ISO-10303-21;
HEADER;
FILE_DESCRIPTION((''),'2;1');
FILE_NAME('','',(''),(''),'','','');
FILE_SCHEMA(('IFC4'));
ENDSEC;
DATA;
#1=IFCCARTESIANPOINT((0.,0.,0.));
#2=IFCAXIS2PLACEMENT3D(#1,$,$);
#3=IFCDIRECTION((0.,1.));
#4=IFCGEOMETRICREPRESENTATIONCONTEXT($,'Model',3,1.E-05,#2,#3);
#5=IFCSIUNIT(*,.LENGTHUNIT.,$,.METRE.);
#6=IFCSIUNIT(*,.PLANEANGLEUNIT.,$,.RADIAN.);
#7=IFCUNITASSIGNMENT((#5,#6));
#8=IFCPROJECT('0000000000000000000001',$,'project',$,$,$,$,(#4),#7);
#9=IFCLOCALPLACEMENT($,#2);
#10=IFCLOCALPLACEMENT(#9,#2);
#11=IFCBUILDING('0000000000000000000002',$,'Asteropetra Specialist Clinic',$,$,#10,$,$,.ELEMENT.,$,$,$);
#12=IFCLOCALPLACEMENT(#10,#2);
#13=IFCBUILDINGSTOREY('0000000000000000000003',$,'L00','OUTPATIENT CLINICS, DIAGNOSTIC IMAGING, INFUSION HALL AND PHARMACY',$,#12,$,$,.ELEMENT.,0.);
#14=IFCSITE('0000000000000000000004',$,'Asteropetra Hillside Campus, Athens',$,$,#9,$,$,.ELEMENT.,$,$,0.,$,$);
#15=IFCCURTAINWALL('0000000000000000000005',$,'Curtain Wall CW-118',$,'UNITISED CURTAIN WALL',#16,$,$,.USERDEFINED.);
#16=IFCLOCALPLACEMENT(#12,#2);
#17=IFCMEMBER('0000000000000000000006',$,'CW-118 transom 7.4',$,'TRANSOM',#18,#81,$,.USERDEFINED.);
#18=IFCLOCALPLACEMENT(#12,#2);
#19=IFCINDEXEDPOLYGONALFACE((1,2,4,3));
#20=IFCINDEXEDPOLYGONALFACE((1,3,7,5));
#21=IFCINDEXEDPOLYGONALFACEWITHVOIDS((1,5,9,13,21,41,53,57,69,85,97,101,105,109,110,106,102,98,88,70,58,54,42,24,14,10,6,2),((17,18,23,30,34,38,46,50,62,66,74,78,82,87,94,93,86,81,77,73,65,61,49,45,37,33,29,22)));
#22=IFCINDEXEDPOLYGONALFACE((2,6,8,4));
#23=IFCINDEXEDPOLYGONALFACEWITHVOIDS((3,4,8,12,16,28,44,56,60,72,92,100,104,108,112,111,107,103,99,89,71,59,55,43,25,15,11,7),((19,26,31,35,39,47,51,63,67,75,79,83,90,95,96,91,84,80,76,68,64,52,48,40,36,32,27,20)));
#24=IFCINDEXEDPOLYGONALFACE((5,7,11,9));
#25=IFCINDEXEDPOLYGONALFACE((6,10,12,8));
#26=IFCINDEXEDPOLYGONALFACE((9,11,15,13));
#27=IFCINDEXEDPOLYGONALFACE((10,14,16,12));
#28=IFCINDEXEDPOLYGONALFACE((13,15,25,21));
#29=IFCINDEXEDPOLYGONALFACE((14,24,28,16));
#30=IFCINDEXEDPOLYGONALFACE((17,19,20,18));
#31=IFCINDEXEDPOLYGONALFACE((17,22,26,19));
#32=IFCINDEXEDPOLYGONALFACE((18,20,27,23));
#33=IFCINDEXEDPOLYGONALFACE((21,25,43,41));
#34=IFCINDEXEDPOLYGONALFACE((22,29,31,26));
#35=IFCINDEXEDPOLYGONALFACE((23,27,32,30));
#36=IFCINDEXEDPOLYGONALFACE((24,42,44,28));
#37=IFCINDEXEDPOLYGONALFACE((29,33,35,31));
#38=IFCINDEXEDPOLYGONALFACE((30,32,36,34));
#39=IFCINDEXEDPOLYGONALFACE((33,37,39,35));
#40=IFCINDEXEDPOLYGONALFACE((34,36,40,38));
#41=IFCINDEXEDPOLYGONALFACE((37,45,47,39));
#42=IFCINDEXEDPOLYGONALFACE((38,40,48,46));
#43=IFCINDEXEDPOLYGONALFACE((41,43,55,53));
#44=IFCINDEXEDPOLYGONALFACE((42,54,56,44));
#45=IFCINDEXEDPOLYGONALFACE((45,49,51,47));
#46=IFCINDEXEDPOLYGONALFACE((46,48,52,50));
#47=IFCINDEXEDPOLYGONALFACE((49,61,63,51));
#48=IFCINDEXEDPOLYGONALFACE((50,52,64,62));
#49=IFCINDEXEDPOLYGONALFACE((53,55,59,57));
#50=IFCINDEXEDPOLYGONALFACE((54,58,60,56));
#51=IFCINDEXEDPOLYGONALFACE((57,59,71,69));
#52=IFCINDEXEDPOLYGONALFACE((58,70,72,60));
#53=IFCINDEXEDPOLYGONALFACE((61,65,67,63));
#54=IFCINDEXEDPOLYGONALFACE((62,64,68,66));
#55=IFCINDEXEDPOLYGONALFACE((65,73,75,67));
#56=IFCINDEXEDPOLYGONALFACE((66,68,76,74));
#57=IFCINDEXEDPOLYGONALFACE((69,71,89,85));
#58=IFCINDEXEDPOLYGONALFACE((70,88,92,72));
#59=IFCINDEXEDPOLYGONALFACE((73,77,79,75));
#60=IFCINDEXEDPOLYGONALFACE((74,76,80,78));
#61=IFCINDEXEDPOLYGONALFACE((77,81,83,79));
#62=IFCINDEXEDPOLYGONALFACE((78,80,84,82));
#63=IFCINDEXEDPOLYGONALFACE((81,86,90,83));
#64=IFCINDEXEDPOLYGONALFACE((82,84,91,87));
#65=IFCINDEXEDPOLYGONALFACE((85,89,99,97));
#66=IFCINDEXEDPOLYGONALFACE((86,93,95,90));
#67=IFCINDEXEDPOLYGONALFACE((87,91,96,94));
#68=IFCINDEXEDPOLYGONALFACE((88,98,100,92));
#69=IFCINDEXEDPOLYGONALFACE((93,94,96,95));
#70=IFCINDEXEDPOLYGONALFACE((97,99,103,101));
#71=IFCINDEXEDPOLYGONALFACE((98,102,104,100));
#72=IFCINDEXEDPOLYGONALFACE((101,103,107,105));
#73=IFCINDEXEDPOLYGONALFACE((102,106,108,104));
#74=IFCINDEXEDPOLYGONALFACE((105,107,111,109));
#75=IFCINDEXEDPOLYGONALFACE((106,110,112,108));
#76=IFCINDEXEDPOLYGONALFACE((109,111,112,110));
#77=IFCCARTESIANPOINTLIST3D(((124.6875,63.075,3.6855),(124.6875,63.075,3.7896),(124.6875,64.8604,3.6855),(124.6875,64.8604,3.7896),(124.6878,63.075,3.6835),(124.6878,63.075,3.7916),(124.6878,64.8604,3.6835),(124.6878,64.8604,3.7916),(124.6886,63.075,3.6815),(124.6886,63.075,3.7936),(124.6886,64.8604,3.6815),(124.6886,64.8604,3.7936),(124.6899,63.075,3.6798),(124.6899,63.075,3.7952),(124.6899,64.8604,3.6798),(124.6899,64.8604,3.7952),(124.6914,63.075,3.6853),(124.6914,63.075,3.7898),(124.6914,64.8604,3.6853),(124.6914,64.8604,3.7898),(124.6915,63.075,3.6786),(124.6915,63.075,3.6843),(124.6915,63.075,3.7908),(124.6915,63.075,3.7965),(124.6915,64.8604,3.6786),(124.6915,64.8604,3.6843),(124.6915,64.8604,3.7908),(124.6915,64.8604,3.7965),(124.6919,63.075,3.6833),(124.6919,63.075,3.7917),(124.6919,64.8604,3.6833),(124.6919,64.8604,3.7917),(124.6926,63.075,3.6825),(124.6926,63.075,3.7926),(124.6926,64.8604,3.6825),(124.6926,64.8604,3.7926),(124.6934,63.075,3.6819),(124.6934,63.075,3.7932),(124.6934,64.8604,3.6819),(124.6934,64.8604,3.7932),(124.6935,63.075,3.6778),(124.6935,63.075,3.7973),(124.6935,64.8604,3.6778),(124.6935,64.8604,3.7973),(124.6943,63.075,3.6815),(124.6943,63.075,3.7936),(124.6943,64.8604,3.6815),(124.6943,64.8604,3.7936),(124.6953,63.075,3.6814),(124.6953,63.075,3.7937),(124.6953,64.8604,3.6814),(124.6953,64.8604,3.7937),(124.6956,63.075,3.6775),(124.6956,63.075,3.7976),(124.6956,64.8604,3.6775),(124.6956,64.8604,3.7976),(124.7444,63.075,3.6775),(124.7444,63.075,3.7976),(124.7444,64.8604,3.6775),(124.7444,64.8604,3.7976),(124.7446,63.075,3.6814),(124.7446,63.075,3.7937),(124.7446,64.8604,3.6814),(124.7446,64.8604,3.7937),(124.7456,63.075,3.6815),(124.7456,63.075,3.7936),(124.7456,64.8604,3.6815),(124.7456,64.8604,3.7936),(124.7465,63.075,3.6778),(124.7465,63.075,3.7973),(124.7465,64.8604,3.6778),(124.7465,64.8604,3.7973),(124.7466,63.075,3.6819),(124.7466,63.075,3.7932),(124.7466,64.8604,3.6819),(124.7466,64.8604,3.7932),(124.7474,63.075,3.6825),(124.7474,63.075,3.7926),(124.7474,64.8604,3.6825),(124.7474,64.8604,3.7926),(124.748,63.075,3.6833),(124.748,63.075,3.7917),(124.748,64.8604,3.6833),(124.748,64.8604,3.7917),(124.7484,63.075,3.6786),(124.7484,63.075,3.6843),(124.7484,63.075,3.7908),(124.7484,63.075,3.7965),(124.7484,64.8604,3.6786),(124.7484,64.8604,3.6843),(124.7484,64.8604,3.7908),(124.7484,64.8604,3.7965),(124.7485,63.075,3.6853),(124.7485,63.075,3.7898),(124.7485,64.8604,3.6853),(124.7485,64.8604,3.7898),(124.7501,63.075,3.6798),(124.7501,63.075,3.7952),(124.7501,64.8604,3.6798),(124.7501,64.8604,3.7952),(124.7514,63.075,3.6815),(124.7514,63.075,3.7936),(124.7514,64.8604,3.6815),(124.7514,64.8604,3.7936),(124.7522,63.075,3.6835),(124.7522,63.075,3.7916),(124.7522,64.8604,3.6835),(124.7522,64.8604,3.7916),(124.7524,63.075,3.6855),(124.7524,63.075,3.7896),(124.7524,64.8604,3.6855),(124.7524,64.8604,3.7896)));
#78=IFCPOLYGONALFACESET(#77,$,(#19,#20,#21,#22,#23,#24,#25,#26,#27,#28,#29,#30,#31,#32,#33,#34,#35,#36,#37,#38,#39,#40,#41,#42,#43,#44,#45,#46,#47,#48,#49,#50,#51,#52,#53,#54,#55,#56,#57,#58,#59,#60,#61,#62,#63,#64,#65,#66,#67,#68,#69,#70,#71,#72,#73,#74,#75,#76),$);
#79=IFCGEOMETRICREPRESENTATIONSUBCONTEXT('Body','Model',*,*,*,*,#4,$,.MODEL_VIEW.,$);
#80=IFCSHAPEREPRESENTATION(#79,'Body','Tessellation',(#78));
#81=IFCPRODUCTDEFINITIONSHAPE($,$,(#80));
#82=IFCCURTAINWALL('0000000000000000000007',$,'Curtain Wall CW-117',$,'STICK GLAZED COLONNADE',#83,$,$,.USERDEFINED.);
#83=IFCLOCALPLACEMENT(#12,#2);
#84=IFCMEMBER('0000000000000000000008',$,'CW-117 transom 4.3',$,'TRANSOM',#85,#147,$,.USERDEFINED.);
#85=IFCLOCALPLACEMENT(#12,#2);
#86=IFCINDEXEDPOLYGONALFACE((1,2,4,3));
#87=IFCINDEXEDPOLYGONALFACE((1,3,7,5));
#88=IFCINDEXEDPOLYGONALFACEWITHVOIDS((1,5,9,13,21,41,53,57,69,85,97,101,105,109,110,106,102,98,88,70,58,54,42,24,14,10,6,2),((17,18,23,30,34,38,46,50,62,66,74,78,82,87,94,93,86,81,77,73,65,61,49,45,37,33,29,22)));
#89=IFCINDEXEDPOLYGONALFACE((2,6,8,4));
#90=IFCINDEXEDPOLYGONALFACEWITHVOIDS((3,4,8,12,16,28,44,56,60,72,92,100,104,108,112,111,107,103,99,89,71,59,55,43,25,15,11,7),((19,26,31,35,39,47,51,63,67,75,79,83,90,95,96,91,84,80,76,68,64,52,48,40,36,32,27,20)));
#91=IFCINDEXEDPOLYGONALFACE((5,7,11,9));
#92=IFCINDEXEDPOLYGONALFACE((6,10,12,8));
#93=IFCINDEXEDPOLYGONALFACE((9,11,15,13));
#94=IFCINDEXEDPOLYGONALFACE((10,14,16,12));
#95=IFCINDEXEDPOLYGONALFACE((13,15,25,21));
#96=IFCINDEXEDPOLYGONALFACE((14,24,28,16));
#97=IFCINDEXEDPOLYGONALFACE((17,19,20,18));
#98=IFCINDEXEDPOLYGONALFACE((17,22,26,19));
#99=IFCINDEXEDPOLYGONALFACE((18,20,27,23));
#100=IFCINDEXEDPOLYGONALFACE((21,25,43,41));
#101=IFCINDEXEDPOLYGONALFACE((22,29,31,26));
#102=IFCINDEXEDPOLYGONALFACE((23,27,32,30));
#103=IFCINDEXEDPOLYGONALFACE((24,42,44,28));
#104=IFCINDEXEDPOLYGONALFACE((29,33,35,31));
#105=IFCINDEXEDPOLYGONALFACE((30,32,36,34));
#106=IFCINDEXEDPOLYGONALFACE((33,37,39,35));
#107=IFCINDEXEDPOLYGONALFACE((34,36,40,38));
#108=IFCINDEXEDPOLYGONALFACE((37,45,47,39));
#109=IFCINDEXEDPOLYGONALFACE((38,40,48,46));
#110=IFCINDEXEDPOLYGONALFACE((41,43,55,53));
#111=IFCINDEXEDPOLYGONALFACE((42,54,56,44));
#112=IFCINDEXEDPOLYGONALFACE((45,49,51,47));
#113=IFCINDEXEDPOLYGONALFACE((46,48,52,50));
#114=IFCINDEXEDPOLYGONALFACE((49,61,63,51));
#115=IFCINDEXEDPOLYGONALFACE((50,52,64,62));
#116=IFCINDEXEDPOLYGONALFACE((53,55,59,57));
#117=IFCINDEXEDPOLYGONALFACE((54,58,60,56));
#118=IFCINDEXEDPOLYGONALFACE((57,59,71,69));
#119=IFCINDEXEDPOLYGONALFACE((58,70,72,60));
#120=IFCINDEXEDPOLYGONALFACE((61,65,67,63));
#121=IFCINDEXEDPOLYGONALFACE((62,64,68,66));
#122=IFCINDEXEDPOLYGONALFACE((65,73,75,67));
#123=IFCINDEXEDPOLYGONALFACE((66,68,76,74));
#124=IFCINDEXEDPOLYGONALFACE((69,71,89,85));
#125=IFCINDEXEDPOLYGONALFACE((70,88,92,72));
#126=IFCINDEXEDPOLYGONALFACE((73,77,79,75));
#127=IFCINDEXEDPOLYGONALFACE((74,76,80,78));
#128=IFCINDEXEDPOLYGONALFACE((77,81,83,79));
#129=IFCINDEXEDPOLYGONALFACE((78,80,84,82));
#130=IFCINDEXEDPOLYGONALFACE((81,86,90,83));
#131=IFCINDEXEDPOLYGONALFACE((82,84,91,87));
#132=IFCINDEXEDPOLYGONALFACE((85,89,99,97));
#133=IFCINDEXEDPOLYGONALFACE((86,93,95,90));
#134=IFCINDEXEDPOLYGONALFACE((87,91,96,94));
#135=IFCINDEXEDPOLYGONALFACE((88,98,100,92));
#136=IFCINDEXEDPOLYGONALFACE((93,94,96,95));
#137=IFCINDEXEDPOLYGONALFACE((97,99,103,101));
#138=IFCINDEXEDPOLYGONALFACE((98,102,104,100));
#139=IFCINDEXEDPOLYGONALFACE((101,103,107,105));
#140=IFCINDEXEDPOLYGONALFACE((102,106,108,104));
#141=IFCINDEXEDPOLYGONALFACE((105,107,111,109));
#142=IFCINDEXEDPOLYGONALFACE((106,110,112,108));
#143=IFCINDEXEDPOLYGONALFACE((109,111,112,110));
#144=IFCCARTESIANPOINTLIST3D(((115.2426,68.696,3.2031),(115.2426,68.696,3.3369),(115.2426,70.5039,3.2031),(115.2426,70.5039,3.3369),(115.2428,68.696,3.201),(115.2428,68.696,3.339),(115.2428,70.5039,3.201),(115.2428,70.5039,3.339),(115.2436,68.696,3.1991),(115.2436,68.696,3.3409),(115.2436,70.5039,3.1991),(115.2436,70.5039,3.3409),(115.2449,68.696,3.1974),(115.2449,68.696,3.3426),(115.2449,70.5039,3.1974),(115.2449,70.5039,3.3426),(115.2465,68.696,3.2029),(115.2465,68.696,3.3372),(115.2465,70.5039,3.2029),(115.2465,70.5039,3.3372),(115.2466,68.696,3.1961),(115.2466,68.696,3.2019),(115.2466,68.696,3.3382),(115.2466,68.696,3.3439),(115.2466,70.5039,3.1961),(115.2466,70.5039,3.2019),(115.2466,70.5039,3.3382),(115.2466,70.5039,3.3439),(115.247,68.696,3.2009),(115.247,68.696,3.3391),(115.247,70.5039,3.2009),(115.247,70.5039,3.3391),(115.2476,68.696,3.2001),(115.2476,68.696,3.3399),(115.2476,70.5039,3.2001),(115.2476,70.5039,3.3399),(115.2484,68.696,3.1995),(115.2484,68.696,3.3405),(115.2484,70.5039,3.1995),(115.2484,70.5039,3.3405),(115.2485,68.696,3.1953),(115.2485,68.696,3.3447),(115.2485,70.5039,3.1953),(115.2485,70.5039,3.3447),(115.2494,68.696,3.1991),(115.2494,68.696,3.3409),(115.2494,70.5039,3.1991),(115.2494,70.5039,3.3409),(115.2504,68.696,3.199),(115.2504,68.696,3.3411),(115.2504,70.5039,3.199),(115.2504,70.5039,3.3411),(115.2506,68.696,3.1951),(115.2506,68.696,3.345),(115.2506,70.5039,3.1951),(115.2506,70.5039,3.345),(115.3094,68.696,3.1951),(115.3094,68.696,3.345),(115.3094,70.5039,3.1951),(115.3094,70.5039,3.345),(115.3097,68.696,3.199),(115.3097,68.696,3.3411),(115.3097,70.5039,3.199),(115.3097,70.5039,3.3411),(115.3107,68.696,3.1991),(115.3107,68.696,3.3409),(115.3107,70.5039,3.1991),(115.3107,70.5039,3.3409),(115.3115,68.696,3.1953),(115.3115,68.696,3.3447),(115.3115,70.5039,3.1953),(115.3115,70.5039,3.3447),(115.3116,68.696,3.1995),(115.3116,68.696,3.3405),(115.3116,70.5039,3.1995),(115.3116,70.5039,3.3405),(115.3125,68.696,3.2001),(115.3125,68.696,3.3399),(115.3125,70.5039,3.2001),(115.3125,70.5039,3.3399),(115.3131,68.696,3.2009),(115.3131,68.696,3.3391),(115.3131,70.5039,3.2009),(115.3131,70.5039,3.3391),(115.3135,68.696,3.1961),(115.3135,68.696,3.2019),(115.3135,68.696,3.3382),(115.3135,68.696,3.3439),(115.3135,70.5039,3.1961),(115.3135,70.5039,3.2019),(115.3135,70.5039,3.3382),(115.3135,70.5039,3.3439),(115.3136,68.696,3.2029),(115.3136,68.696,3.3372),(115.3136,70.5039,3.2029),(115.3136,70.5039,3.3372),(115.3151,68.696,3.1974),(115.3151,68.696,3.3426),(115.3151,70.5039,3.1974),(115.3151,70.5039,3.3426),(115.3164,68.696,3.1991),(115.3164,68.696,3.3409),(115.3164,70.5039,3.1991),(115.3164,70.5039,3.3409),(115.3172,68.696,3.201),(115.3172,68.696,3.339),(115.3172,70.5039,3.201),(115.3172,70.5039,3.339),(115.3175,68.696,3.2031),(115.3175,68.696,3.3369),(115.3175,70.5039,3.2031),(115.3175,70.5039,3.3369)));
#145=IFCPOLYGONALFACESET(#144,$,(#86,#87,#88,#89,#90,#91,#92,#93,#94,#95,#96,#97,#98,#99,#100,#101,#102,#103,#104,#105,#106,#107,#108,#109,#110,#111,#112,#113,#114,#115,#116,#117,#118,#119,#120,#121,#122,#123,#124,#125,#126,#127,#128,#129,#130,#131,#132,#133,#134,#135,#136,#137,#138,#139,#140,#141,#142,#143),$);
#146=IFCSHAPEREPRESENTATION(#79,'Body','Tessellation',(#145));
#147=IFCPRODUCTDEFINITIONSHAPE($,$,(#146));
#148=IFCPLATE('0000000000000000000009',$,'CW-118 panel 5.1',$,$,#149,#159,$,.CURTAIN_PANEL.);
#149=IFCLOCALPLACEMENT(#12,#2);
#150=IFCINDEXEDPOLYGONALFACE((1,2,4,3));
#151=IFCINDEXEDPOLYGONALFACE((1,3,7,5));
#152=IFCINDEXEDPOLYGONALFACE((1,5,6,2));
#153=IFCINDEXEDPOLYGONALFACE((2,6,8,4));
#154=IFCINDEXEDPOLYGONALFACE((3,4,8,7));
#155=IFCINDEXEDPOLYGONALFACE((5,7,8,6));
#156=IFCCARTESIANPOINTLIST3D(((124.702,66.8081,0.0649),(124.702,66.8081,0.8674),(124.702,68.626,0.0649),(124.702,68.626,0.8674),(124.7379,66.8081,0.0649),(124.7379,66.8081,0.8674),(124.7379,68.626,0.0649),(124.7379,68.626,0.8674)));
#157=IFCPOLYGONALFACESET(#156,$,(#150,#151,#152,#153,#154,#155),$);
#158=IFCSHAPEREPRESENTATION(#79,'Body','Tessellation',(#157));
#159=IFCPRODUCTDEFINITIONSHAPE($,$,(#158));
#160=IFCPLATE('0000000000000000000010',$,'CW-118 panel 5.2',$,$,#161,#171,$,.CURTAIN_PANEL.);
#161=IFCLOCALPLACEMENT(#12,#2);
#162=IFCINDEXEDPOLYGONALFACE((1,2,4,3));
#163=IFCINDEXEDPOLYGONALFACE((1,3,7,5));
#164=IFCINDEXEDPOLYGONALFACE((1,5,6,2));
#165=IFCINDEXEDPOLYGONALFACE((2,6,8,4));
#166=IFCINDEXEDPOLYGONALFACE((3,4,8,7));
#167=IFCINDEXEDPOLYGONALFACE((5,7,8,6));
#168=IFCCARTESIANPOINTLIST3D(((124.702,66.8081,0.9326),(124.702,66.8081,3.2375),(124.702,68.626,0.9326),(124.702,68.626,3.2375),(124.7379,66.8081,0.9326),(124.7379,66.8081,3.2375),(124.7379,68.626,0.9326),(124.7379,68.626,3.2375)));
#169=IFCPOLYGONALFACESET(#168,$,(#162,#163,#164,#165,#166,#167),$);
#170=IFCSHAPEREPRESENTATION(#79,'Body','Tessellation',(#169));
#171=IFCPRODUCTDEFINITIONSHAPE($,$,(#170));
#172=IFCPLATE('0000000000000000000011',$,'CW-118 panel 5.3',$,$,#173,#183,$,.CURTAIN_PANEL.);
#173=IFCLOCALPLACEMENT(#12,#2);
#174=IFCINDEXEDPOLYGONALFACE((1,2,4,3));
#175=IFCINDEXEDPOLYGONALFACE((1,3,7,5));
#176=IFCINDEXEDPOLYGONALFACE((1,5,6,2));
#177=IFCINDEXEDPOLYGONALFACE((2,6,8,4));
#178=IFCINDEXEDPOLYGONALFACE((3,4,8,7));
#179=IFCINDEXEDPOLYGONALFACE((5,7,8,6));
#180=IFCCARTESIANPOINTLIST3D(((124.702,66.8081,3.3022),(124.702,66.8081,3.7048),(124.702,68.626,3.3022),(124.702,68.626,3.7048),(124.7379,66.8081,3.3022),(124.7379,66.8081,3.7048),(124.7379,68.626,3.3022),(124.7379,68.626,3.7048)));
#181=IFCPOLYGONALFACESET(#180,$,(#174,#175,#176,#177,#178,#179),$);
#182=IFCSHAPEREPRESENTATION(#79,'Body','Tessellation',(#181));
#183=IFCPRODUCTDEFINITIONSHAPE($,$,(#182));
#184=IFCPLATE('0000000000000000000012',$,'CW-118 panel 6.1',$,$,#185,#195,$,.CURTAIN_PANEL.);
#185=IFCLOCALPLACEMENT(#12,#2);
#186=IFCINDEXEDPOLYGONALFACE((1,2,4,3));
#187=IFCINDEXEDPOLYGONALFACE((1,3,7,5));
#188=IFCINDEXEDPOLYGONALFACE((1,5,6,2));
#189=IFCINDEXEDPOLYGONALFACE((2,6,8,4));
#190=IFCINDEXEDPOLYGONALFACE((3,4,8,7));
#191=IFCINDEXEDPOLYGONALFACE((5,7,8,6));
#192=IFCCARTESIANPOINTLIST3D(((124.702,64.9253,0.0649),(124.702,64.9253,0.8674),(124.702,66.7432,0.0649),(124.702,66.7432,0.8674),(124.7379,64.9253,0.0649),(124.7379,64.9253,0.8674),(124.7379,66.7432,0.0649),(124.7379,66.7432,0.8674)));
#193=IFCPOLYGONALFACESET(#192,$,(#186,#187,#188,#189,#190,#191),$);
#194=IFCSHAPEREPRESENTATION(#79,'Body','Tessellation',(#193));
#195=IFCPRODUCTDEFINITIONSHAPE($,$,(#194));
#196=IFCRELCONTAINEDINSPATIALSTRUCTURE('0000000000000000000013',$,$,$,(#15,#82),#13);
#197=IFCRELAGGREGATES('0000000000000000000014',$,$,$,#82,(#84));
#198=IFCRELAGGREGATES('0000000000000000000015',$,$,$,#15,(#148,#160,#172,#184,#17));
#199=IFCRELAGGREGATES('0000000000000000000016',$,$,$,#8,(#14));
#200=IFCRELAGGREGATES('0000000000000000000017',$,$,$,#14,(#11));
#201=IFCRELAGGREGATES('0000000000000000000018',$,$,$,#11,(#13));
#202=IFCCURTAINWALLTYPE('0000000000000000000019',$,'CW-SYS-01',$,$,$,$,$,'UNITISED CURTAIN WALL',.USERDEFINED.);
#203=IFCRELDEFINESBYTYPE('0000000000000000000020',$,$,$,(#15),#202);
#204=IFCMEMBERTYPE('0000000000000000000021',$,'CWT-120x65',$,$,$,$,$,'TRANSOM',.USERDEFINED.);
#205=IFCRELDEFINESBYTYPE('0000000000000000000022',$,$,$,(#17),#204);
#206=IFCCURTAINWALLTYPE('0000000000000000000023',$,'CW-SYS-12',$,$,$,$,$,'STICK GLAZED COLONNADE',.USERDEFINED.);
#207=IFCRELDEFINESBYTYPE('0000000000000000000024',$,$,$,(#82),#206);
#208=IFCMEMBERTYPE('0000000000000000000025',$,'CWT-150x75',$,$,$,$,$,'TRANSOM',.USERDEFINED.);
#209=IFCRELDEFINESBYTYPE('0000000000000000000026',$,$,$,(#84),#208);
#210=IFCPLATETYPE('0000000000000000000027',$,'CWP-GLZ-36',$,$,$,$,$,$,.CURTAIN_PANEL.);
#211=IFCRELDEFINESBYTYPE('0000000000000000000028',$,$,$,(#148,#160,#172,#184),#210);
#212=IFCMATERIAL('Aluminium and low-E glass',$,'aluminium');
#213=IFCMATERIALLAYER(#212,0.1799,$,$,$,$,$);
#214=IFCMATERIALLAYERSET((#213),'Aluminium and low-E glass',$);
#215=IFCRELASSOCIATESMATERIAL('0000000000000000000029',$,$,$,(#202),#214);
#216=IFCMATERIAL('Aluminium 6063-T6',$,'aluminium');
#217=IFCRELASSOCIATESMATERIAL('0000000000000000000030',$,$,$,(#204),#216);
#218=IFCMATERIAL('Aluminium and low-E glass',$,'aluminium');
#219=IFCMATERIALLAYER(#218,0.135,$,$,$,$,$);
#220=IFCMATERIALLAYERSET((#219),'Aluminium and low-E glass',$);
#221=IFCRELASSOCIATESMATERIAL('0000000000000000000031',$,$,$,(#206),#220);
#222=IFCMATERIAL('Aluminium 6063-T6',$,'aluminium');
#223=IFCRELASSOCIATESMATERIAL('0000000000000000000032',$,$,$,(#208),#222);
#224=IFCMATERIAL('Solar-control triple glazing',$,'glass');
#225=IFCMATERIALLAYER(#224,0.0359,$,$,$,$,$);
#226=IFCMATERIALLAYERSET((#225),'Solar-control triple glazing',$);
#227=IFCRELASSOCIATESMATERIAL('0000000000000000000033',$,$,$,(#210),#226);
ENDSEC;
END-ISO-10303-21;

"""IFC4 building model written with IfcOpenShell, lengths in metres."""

from ifc_helpers import new_model, si_unit, direction, frame, origin, origin_2d, place, context, subcontext, project, spatial, rectangle, hollow_rectangle, extrude, material, layer, layer_set, material_profile, profile_set, type_object, element, aggregate, save


model = new_model("IFC4")

# Units and contexts
model_context = context("Model", 3, precision=1e-05, world=origin(), true_north=direction((0.0, 1.0)))
body_context = subcontext(model_context, "Body", "Model", "MODEL_VIEW")
ifc_project = project(units=[si_unit("LENGTHUNIT", "METRE"), si_unit("PLANEANGLEUNIT", "RADIAN")], contexts=[model_context])

# Site, building, storey
site_placement = place(None, origin())
site = spatial("IfcSite", under=ifc_project, at=site_placement, Name="Asteropetra Hillside Campus, Athens", CompositionType="ELEMENT", RefElevation=0.0)
building_placement = place(site_placement, origin())
building = spatial("IfcBuilding", under=site, at=building_placement, Name="Asteropetra Specialist Clinic", CompositionType="ELEMENT")
storey_placement = place(building_placement, origin())
storey = spatial("IfcBuildingStorey", under=building, at=storey_placement, Name="L00", Description="OUTPATIENT CLINICS, DIAGNOSTIC IMAGING, INFUSION HALL AND PHARMACY", CompositionType="ELEMENT", Elevation=0.0)

# Curtain wall, member
ifc_material_1 = material(Name="Aluminium and low-E glass", Category="aluminium")
ifc_layer_1 = layer(ifc_material_1, 0.1799)
ifc_layer_set_1 = layer_set([ifc_layer_1], Name="Aluminium and low-E glass")
curtain_wall_type_1 = type_object("IfcCurtainWallType", Name="CW-SYS-01", ElementType="UNITISED CURTAIN WALL", PredefinedType="USERDEFINED", material=ifc_layer_set_1)
curtain_wall_1_placement = place(storey_placement, origin())
curtain_wall_1 = element("IfcCurtainWall", 1, at=curtain_wall_1_placement, inside=storey, type_object=curtain_wall_type_1, Name="Curtain Wall CW-118", ObjectType="UNITISED CURTAIN WALL", PredefinedType="USERDEFINED")
ifc_material_2 = material(Name="Aluminium 6063-T6", Category="aluminium")
ifc_material_profile_1 = material_profile(ifc_material_2, hollow_rectangle(XDim=0.0649, YDim=0.1201, WallThickness=0.0039, InnerFilletRadius=0.0039, OuterFilletRadius=0.0081, at=origin_2d()), Name="TRN 120x65x4.0")
ifc_profile_set_1 = profile_set([ifc_material_profile_1], Name="Aluminium 6063-T6")
member_type_1 = type_object("IfcMemberType", Name="CWT-120x65", ElementType="TRANSOM", PredefinedType="USERDEFINED", material=ifc_profile_set_1)
member_1_placement = place(storey_placement, frame((124.72, 64.8604, 3.7375), z_axis=(0.0, -1.0, 0.0), x_axis=(1.0, 0.0, 0.0)))
member_1 = element("IfcMember", 2, at=member_1_placement, type_object=member_type_1, Name="CW-118 transom 7.4", ObjectType="TRANSOM", PredefinedType="USERDEFINED", context=body_context, shape_type="SweptSolid", body=[
    extrude(hollow_rectangle(XDim=0.0649, YDim=0.1201, WallThickness=0.0039, InnerFilletRadius=0.0039, OuterFilletRadius=0.0081, at=origin_2d()), origin(), (0.0, 0.0, 1.0), 1.7854),
])

# Curtain wall, member
ifc_material_3 = material(Name="Aluminium and low-E glass", Category="aluminium")
ifc_layer_2 = layer(ifc_material_3, 0.135)
ifc_layer_set_2 = layer_set([ifc_layer_2], Name="Aluminium and low-E glass")
curtain_wall_type_2 = type_object("IfcCurtainWallType", Name="CW-SYS-12", ElementType="STICK GLAZED COLONNADE", PredefinedType="USERDEFINED", material=ifc_layer_set_2)
curtain_wall_2_placement = place(storey_placement, origin())
curtain_wall_2 = element("IfcCurtainWall", 3, at=curtain_wall_2_placement, inside=storey, type_object=curtain_wall_type_2, Name="Curtain Wall CW-117", ObjectType="STICK GLAZED COLONNADE", PredefinedType="USERDEFINED")
ifc_material_4 = material(Name="Aluminium 6063-T6", Category="aluminium")
ifc_material_profile_2 = material_profile(ifc_material_4, hollow_rectangle(XDim=0.075, YDim=0.1499, WallThickness=0.0039, InnerFilletRadius=0.0039, OuterFilletRadius=0.0081, at=origin_2d()), Name="TRN 150x75x4.0")
ifc_profile_set_2 = profile_set([ifc_material_profile_2], Name="Aluminium 6063-T6")
member_type_2 = type_object("IfcMemberType", Name="CWT-150x75", ElementType="TRANSOM", PredefinedType="USERDEFINED", material=ifc_profile_set_2)
member_2_placement = place(storey_placement, frame((115.28, 68.696, 3.27), z_axis=(0.0, 1.0, 0.0), x_axis=(-1.0, 0.0, 0.0)))
member_2 = element("IfcMember", 4, at=member_2_placement, type_object=member_type_2, Name="CW-117 transom 4.3", ObjectType="TRANSOM", PredefinedType="USERDEFINED", context=body_context, shape_type="SweptSolid", body=[
    extrude(hollow_rectangle(XDim=0.075, YDim=0.1499, WallThickness=0.0039, InnerFilletRadius=0.0039, OuterFilletRadius=0.0081, at=origin_2d()), origin(), (0.0, 0.0, 1.0), 1.8079),
])
aggregate(curtain_wall_2, [member_2])

# Plates
ifc_material_5 = material(Name="Solar-control triple glazing", Category="glass")
ifc_layer_3 = layer(ifc_material_5, 0.0359)
ifc_layer_set_3 = layer_set([ifc_layer_3], Name="Solar-control triple glazing")
plate_type = type_object("IfcPlateType", Name="CWP-GLZ-36", PredefinedType="CURTAIN_PANEL", material=ifc_layer_set_3)
plate_1_placement = place(storey_placement, frame((124.72, 67.717, 0.0649), z_axis=(0.0, 0.0, 1.0), x_axis=(0.0, -1.0, 0.0)))
plate_1 = element("IfcPlate", 5, at=plate_1_placement, type_object=plate_type, Name="CW-118 panel 5.1", PredefinedType="CURTAIN_PANEL", context=body_context, shape_type="SweptSolid", body=[
    extrude(rectangle(XDim=1.8179, YDim=0.0359, at=origin_2d()), origin(), (0.0, 0.0, 1.0), 0.8025),
])
plate_2_placement = place(storey_placement, frame((124.72, 67.717, 0.9326), z_axis=(0.0, 0.0, 1.0), x_axis=(0.0, -1.0, 0.0)))
plate_2 = element("IfcPlate", 6, at=plate_2_placement, type_object=plate_type, Name="CW-118 panel 5.2", PredefinedType="CURTAIN_PANEL", context=body_context, shape_type="SweptSolid", body=[
    extrude(rectangle(XDim=1.8179, YDim=0.0359, at=origin_2d()), origin(), (0.0, 0.0, 1.0), 2.3049),
])
plate_3_placement = place(storey_placement, frame((124.72, 67.717, 3.3022), z_axis=(0.0, 0.0, 1.0), x_axis=(0.0, -1.0, 0.0)))
plate_3 = element("IfcPlate", 7, at=plate_3_placement, type_object=plate_type, Name="CW-118 panel 5.3", PredefinedType="CURTAIN_PANEL", context=body_context, shape_type="SweptSolid", body=[
    extrude(rectangle(XDim=1.8179, YDim=0.0359, at=origin_2d()), origin(), (0.0, 0.0, 1.0), 0.4026),
])
plate_4_placement = place(storey_placement, frame((124.72, 65.8342, 0.0649), z_axis=(0.0, 0.0, 1.0), x_axis=(0.0, -1.0, 0.0)))
plate_4 = element("IfcPlate", 8, at=plate_4_placement, type_object=plate_type, Name="CW-118 panel 6.1", PredefinedType="CURTAIN_PANEL", context=body_context, shape_type="SweptSolid", body=[
    extrude(rectangle(XDim=1.8179, YDim=0.0359, at=origin_2d()), origin(), (0.0, 0.0, 1.0), 0.8025),
])
aggregate(curtain_wall_1, [plate_1, plate_2, plate_3, plate_4, member_1])

save(model, "model.ifc")
